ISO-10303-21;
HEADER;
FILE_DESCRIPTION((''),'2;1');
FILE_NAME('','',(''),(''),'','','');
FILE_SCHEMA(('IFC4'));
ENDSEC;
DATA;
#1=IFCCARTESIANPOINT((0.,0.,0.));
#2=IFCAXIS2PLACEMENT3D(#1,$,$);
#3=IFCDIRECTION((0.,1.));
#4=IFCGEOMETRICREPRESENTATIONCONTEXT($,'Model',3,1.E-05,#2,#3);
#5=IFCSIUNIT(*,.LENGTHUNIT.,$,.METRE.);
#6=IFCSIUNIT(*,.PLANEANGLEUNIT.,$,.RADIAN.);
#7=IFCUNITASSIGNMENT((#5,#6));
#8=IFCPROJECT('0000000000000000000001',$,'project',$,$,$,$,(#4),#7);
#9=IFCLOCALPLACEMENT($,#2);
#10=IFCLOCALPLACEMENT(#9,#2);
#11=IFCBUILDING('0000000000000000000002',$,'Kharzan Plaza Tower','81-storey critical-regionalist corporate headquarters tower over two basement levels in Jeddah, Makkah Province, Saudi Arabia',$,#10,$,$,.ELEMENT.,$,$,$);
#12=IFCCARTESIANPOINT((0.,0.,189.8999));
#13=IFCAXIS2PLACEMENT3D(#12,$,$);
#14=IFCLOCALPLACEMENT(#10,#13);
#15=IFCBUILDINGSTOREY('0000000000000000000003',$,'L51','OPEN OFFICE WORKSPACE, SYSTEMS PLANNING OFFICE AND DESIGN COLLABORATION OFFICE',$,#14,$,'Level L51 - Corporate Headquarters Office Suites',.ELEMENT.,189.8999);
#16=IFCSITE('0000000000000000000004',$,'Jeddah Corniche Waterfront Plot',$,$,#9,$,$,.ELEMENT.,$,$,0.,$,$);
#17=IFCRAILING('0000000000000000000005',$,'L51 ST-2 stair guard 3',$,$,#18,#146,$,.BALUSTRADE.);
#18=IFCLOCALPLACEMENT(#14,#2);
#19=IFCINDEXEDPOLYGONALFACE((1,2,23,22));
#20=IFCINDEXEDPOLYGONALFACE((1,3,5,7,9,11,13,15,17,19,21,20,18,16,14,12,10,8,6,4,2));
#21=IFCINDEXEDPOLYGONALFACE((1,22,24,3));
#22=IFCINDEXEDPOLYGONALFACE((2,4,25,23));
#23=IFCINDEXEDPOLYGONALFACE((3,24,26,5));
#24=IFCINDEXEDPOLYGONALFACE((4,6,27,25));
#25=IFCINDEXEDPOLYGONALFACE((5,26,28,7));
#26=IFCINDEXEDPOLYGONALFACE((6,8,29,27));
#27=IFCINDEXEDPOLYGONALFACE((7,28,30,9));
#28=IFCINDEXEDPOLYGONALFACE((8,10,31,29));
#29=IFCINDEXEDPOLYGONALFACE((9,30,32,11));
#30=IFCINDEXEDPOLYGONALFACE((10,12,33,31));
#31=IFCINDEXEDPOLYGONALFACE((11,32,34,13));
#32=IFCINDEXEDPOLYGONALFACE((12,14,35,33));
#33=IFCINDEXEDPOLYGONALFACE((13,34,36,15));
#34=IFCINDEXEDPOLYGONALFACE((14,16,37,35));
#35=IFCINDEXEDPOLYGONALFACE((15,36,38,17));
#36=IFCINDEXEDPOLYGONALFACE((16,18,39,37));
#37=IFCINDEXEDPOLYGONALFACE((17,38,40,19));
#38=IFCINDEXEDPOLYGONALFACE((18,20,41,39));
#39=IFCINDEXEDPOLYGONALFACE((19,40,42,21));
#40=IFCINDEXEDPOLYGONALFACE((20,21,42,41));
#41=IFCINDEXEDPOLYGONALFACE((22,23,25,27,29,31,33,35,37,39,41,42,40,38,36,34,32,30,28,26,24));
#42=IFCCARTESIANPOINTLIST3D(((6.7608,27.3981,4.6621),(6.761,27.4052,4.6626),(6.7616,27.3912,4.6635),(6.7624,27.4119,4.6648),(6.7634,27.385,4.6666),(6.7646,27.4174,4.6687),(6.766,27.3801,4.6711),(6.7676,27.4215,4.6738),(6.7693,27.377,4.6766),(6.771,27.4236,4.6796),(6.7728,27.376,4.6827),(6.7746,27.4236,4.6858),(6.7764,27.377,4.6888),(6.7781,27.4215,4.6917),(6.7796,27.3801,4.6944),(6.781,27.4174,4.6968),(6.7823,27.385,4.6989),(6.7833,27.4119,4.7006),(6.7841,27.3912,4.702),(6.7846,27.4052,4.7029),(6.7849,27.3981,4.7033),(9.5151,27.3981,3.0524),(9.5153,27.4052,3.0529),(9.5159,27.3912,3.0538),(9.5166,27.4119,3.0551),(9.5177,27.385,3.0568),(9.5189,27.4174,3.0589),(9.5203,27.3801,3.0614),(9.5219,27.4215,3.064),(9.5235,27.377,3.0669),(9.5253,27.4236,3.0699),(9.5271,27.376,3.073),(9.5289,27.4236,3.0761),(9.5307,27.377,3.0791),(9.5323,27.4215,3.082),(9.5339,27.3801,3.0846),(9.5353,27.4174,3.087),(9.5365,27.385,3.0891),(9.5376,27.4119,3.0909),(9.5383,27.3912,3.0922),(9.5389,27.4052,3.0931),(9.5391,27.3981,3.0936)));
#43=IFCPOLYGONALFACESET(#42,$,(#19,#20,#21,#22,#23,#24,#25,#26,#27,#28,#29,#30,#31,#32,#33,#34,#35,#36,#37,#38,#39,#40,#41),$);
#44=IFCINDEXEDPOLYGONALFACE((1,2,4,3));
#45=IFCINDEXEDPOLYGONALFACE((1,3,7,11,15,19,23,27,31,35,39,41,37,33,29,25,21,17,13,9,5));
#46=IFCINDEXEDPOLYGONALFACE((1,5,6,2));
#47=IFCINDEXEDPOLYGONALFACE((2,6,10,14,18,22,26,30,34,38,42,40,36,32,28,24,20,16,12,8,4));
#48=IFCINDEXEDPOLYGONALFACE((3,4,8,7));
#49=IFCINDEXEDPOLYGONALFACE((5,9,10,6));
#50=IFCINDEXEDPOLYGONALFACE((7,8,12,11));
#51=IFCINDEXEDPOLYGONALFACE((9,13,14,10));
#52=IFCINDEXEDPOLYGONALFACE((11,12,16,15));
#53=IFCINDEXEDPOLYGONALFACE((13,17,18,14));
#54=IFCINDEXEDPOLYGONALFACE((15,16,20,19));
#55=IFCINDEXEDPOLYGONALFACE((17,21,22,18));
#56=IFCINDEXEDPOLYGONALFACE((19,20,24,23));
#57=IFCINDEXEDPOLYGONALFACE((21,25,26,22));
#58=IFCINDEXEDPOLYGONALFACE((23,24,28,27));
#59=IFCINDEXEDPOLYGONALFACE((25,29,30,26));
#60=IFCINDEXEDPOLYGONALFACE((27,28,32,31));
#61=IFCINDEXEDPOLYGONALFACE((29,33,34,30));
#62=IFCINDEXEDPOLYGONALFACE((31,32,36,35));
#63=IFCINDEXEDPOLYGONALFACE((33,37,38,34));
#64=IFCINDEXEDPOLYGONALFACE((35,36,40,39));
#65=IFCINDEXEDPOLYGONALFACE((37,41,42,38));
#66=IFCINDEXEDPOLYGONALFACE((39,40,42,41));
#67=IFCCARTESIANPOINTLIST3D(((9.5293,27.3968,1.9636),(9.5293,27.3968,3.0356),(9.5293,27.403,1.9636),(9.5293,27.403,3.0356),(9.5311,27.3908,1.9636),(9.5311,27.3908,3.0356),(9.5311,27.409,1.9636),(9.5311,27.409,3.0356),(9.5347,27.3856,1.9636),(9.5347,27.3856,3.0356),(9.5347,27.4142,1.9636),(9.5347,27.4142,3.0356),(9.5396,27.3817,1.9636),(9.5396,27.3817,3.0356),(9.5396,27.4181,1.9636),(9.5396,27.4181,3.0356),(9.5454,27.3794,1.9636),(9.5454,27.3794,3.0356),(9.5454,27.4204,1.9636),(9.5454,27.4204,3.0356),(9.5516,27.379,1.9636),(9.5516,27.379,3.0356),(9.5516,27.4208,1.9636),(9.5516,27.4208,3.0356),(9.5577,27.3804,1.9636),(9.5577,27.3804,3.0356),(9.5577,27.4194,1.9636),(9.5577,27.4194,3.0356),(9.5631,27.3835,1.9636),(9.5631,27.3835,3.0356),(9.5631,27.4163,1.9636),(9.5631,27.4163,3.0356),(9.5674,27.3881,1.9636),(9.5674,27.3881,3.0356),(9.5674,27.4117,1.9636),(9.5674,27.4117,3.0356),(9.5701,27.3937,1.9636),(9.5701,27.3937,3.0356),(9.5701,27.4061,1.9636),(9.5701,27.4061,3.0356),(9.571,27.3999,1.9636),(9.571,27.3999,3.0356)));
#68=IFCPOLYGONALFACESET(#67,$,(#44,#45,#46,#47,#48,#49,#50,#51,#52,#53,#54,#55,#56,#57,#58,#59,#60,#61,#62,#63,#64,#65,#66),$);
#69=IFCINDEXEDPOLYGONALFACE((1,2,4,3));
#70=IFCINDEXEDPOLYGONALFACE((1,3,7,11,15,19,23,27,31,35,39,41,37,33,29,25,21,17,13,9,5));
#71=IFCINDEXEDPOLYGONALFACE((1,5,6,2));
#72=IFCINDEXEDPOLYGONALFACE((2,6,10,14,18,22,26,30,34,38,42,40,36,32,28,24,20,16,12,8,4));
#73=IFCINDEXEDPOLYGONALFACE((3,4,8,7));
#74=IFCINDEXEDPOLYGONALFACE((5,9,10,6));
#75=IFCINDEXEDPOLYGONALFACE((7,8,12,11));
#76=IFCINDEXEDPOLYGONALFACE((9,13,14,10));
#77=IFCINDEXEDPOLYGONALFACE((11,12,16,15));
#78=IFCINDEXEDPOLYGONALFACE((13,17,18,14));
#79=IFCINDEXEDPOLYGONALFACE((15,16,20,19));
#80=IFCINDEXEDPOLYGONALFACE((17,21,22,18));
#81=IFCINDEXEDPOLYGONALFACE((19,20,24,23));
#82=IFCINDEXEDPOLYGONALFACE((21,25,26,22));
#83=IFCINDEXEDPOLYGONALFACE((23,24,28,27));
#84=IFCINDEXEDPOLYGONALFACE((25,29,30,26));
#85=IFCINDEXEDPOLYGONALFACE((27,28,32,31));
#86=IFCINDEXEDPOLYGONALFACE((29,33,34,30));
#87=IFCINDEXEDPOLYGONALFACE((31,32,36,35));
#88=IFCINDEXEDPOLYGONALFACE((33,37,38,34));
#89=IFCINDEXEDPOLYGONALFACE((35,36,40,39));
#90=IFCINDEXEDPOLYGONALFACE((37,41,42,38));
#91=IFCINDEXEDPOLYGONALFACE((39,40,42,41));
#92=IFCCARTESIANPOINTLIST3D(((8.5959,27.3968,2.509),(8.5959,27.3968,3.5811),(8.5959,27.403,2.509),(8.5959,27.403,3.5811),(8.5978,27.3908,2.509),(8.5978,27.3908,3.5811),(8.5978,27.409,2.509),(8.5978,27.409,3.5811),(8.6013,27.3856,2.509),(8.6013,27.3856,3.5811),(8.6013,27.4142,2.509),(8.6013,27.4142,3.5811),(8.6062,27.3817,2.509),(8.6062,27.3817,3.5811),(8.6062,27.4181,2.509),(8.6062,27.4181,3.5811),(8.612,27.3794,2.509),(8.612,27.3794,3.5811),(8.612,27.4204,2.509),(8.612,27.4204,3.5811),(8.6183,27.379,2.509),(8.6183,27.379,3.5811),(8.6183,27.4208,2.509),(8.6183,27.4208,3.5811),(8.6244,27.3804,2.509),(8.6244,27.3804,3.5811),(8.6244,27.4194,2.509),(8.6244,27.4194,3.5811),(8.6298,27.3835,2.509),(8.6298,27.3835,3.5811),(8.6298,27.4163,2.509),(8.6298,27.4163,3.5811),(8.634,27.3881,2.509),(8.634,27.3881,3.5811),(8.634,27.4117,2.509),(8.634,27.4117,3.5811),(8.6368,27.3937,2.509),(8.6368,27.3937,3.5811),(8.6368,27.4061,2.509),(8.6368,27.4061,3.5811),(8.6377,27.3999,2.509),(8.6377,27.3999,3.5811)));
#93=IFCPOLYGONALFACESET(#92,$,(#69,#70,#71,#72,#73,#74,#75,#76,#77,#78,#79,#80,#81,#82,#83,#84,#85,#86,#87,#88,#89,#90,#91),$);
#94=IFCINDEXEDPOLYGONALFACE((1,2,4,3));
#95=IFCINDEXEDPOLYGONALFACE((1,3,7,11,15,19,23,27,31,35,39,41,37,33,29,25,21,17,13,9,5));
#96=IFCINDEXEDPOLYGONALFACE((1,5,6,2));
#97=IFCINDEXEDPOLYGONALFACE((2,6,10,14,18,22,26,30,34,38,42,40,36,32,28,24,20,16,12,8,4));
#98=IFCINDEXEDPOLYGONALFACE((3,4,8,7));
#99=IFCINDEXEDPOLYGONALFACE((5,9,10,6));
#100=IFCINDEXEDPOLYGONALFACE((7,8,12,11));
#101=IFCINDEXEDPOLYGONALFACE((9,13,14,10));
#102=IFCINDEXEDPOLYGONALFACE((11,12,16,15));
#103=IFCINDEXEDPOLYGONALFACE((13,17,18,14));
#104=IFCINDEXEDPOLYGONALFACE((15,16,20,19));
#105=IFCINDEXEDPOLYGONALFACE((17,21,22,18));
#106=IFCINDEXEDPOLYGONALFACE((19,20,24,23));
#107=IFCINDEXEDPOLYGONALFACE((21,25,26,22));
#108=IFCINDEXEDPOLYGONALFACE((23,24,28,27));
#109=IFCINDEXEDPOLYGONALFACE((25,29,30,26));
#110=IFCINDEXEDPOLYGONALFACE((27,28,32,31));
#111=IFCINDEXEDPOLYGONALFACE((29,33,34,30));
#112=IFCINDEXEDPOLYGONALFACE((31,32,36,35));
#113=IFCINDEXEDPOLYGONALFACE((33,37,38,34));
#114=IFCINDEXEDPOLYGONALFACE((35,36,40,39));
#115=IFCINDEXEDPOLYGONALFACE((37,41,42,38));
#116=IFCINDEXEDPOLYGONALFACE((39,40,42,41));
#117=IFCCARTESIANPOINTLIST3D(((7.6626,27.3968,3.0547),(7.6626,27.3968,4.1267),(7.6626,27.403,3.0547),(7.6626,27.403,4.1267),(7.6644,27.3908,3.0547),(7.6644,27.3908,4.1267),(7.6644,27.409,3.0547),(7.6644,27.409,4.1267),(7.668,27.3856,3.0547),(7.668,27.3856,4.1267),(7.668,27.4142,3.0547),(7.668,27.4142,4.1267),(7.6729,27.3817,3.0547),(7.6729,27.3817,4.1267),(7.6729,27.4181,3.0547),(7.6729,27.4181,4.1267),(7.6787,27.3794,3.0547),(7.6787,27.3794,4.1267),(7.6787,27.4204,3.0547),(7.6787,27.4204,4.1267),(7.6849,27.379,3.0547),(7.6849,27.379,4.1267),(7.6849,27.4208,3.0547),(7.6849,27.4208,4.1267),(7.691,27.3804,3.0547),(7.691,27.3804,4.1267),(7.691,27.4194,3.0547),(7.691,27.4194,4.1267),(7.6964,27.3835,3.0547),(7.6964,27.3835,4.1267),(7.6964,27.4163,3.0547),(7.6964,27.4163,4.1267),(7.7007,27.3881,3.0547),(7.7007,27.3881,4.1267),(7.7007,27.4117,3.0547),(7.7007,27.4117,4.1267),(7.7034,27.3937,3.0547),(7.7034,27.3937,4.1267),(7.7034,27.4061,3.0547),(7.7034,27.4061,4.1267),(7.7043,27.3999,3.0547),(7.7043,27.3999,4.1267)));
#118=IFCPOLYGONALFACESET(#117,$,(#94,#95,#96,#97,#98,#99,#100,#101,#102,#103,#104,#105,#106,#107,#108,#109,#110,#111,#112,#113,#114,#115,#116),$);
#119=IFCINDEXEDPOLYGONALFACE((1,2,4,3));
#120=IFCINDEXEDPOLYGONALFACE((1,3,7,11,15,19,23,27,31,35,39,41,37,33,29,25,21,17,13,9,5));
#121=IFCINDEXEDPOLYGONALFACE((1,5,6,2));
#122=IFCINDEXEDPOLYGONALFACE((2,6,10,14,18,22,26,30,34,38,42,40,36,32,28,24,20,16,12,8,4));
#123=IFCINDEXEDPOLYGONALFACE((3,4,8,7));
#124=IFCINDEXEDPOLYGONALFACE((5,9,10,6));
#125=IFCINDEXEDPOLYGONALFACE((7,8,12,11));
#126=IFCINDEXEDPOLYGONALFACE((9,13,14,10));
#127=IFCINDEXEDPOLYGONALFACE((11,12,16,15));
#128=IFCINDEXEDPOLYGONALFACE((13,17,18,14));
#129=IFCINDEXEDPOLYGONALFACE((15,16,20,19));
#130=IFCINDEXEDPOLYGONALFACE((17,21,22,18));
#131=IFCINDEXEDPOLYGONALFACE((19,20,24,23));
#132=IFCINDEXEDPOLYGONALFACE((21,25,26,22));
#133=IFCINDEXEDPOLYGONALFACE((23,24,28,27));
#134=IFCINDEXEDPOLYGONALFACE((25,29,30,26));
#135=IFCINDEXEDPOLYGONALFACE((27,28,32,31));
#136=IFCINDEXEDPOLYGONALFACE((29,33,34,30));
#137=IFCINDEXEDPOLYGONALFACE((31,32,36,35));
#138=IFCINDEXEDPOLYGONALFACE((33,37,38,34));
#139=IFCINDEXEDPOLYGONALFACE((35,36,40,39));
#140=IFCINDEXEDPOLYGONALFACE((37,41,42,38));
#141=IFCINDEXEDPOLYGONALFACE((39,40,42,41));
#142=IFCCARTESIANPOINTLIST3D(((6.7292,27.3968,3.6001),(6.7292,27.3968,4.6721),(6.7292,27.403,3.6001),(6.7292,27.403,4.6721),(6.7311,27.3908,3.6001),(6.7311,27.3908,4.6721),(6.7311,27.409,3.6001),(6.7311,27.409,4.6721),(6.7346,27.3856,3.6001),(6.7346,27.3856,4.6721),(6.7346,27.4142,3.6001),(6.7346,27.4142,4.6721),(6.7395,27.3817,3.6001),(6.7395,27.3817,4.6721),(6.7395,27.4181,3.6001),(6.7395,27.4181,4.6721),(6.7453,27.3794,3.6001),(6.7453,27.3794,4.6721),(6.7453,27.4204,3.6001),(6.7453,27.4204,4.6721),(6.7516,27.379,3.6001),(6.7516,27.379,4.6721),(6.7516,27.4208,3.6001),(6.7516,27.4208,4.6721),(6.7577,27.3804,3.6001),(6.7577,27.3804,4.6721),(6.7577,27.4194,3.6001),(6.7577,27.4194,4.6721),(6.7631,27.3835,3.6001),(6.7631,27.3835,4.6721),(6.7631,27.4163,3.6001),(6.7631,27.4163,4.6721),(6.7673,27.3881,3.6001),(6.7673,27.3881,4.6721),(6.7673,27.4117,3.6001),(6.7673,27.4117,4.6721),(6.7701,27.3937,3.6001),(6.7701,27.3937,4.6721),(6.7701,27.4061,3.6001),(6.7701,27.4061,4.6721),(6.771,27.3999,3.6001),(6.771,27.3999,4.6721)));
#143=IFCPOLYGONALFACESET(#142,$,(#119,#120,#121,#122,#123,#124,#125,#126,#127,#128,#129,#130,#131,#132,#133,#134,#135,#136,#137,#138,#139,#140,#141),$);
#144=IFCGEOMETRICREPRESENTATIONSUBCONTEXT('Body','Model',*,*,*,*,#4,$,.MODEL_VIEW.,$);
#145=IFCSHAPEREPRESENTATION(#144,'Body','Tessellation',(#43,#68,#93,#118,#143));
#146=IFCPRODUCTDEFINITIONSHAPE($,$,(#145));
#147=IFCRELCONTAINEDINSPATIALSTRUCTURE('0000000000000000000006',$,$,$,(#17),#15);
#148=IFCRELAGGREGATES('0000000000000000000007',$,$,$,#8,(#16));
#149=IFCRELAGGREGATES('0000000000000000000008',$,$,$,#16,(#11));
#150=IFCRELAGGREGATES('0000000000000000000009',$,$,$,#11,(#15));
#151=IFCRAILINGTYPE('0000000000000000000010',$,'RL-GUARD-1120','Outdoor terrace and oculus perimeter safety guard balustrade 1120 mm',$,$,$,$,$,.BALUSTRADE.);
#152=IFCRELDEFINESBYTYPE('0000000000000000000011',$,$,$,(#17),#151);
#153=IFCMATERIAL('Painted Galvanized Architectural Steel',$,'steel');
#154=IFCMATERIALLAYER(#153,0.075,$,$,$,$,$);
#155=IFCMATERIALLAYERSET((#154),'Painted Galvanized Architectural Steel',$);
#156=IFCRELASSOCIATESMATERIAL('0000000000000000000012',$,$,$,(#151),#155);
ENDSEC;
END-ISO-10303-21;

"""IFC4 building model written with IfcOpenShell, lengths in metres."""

from ifc_helpers import new_model, si_unit, direction, frame, origin, origin_2d, place, context, subcontext, project, spatial, circle, extrude, source, transform, mapped, material, layer, layer_set, type_object, element, save


model = new_model("IFC4")

# Units and contexts
model_context = context("Model", 3, precision=1e-05, world=origin(), true_north=direction((0.0, 1.0)))
body_context = subcontext(model_context, "Body", "Model", "MODEL_VIEW")
ifc_project = project(units=[si_unit("LENGTHUNIT", "METRE"), si_unit("PLANEANGLEUNIT", "RADIAN")], contexts=[model_context])

# Site, building, storey
site_placement = place(None, origin())
site = spatial("IfcSite", under=ifc_project, at=site_placement, Name="Jeddah Corniche Waterfront Plot", CompositionType="ELEMENT", RefElevation=0.0)
building_placement = place(site_placement, origin())
building = spatial("IfcBuilding", under=site, at=building_placement, Name="Kharzan Plaza Tower", Description="81-storey critical-regionalist corporate headquarters tower over two basement levels in Jeddah, Makkah Province, Saudi Arabia", CompositionType="ELEMENT")
storey_placement = place(building_placement, frame((0.0, 0.0, 189.8999)))
storey = spatial("IfcBuildingStorey", under=building, at=storey_placement, Name="L51", Description="OPEN OFFICE WORKSPACE, SYSTEMS PLANNING OFFICE AND DESIGN COLLABORATION OFFICE", LongName="Level L51 - Corporate Headquarters Office Suites", CompositionType="ELEMENT", Elevation=189.8999)

# Railing
ifc_material_1 = material(Name="Painted Galvanized Architectural Steel", Category="steel")
ifc_layer_1 = layer(ifc_material_1, 0.075)
ifc_layer_set_1 = layer_set([ifc_layer_1], Name="Painted Galvanized Architectural Steel")
railing_type_1 = type_object("IfcRailingType", Name="RL-GUARD-1120", Description="Outdoor terrace and oculus perimeter safety guard balustrade 1120 mm", PredefinedType="BALUSTRADE", material=ifc_layer_set_1)
shared_shape_1 = source(origin(), body_context, "Body", "SweptSolid", [
    extrude(circle(Radius=0.0239, at=origin_2d()), frame((-0.0229, 0.0, 1.1094), z_axis=(-0.863361, 0.0, 0.504587), x_axis=(0.0, -1.0, 0.0)), (0.0, 0.0, 1.0), 3.1902),
    extrude(circle(Radius=0.021, at=origin_2d()), origin(), (0.0, 0.0, 1.0), 1.072),
    extrude(circle(Radius=0.021, at=origin_2d()), frame((-0.9333, 0.0, 0.5454)), (0.0, 0.0, 1.0), 1.072),
    extrude(circle(Radius=0.021, at=origin_2d()), frame((-1.8667, 0.0, 1.0911)), (0.0, 0.0, 1.0), 1.072),
    extrude(circle(Radius=0.021, at=origin_2d()), frame((-2.8, 0.0, 1.6365)), (0.0, 0.0, 1.0), 1.072),
])
railing_1_placement = place(storey_placement, frame((9.55, 27.3999, 1.9636)))
element("IfcRailing", 1, at=railing_1_placement, inside=storey, type_object=railing_type_1, Name="L51 ST-2 stair guard 3", PredefinedType="BALUSTRADE", context=body_context, shape_type="MappedRepresentation", body=[
    mapped(shared_shape_1, transform((0.0, 0.0, 0.0), x_axis=(1.0, 0.0, 0.0), y_axis=(0.0, 1.0, 0.0), z_axis=(0.0, 0.0, 1.0))),
])

save(model, "model.ifc")
